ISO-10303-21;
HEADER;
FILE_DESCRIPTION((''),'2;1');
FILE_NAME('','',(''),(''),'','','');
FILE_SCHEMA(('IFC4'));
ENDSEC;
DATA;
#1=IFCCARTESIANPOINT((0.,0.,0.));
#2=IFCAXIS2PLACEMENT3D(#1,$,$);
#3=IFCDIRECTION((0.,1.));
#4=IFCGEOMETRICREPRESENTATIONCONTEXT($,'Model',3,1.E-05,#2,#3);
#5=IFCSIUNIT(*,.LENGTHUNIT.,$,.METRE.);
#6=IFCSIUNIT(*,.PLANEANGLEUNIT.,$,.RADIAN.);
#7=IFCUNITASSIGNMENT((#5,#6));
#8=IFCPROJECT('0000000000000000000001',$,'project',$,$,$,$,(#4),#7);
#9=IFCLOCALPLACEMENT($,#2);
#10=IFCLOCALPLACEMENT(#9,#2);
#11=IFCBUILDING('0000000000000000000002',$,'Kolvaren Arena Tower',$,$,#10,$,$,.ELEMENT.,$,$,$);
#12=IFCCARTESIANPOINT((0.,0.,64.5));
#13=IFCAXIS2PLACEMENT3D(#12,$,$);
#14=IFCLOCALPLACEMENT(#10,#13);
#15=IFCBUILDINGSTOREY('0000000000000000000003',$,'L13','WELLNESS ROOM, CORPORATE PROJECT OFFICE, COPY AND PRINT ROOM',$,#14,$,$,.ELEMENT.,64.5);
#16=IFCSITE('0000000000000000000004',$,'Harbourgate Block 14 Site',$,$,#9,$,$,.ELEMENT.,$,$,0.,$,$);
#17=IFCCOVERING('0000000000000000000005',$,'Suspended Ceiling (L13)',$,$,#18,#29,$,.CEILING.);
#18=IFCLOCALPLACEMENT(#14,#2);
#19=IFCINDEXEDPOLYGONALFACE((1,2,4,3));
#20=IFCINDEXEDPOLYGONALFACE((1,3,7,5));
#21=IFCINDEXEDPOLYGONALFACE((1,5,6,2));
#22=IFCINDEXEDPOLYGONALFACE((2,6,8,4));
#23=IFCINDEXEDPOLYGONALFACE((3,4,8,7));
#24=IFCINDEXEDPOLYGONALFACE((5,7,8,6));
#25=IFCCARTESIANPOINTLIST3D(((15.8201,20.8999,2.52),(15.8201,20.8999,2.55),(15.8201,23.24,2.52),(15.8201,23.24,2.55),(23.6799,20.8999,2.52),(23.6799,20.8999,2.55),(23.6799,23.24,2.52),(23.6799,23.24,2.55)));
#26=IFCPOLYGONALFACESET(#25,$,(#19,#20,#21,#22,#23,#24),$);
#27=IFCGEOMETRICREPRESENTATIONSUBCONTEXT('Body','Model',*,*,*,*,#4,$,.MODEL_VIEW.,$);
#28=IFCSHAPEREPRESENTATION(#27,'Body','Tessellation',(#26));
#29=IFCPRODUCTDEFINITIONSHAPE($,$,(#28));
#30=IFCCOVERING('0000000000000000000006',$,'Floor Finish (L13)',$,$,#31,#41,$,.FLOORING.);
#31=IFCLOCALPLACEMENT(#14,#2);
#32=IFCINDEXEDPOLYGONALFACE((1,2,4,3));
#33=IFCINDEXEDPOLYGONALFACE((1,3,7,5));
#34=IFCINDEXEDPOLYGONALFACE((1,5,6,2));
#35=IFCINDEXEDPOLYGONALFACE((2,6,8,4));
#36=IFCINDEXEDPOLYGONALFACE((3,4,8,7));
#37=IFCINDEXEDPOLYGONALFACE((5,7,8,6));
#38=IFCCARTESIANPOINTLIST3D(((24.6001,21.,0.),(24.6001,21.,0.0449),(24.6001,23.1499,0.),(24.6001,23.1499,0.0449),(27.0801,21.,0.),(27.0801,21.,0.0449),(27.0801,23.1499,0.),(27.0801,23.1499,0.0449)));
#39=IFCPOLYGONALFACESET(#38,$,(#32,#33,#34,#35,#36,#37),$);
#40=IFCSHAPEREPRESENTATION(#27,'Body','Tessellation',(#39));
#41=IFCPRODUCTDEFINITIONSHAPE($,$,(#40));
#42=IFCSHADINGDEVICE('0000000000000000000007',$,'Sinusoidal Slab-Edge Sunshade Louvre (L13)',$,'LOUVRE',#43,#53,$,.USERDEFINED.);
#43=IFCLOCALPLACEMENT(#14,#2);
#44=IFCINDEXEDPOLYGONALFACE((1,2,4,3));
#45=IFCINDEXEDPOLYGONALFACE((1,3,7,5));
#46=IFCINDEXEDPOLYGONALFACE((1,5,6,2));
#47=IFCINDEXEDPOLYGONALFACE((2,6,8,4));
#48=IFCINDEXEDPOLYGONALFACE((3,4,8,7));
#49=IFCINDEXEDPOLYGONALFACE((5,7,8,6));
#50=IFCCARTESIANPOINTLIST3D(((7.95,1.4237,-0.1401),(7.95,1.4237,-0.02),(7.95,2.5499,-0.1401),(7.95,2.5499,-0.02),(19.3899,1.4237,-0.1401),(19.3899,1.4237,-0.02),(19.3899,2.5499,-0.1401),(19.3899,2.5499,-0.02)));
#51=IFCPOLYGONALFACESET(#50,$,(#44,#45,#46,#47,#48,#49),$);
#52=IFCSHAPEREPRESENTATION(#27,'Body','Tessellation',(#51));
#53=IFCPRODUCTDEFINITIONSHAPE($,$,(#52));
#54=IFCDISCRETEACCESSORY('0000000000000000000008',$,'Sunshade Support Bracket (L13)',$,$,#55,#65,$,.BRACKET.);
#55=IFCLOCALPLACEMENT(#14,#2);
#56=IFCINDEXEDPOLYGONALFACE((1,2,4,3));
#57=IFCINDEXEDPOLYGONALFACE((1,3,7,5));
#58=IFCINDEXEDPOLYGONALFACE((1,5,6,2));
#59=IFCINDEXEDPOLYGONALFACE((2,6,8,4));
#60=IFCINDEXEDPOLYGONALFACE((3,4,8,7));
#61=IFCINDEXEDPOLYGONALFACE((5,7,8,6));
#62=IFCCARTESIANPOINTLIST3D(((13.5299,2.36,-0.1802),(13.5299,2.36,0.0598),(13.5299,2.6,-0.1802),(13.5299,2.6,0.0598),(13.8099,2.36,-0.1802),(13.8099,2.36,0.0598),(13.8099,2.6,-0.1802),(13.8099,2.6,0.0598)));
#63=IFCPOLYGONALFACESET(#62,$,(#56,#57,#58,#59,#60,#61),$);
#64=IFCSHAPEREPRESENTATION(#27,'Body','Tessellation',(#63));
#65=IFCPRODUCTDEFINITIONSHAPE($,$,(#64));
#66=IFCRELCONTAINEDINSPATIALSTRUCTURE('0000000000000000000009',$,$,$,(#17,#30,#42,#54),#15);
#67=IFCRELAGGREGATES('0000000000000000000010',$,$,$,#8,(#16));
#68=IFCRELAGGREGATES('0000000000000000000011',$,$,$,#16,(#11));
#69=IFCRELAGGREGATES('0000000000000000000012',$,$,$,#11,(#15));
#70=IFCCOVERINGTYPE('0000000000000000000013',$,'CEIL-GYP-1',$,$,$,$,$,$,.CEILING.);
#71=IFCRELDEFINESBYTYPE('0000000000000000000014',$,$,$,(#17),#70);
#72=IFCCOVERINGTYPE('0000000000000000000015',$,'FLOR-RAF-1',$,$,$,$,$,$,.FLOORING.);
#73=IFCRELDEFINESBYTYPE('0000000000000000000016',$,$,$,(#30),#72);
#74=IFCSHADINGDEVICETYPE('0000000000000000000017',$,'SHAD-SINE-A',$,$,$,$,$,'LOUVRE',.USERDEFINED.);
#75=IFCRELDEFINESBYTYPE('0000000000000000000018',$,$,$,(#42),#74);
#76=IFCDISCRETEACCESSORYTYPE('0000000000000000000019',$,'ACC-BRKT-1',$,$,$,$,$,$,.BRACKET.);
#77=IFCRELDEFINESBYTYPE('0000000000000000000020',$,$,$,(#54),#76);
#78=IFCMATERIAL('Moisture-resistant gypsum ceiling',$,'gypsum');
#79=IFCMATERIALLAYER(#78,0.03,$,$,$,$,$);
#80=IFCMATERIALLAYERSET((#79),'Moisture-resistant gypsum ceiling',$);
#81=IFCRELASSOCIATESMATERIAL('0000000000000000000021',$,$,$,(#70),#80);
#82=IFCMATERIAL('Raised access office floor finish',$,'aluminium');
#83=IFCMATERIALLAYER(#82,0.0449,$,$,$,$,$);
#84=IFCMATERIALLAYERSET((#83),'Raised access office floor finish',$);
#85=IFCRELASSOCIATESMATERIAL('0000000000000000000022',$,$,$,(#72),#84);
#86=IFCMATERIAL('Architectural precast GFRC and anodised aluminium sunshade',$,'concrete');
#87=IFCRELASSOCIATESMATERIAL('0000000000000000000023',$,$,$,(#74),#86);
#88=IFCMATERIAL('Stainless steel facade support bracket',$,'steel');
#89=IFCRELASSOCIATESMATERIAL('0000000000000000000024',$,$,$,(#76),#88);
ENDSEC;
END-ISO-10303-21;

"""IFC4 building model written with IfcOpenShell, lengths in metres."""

from ifc_helpers import new_model, si_unit, direction, frame, origin, origin_2d, place, context, subcontext, project, spatial, polyline, rectangle, outline, extrude, material, layer, layer_set, type_object, element, save


model = new_model("IFC4")

# Units and contexts
model_context = context("Model", 3, precision=1e-05, world=origin(), true_north=direction((0.0, 1.0)))
body_context = subcontext(model_context, "Body", "Model", "MODEL_VIEW")
ifc_project = project(units=[si_unit("LENGTHUNIT", "METRE"), si_unit("PLANEANGLEUNIT", "RADIAN")], contexts=[model_context])

# Site, building, storey
site_placement = place(None, origin())
site = spatial("IfcSite", under=ifc_project, at=site_placement, Name="Harbourgate Block 14 Site", CompositionType="ELEMENT", RefElevation=0.0)
building_placement = place(site_placement, origin())
building = spatial("IfcBuilding", under=site, at=building_placement, Name="Kolvaren Arena Tower", CompositionType="ELEMENT")
storey_placement = place(building_placement, frame((0.0, 0.0, 64.5)))
storey = spatial("IfcBuildingStorey", under=building, at=storey_placement, Name="L13", Description="WELLNESS ROOM, CORPORATE PROJECT OFFICE, COPY AND PRINT ROOM", CompositionType="ELEMENT", Elevation=64.5)

# Coverings
ifc_material_1 = material(Name="Moisture-resistant gypsum ceiling", Category="gypsum")
ifc_layer_1 = layer(ifc_material_1, 0.03)
ifc_layer_set_1 = layer_set([ifc_layer_1], Name="Moisture-resistant gypsum ceiling")
covering_type_1 = type_object("IfcCoveringType", Name="CEIL-GYP-1", PredefinedType="CEILING", material=ifc_layer_set_1)
covering_1_placement = place(storey_placement, frame((0.0, 0.0, 2.52)))
element("IfcCovering", 1, at=covering_1_placement, inside=storey, type_object=covering_type_1, Name="Suspended Ceiling (L13)", PredefinedType="CEILING", context=body_context, shape_type="SweptSolid", body=[
    extrude(outline(polyline([(15.8201, 20.8999), (15.8201, 23.24), (23.6799, 23.24), (23.6799, 20.8999), (15.8201, 20.8999)])), origin(), (0.0, 0.0, 1.0), 0.03),
])
ifc_material_2 = material(Name="Raised access office floor finish", Category="aluminium")
ifc_layer_2 = layer(ifc_material_2, 0.0449)
ifc_layer_set_2 = layer_set([ifc_layer_2], Name="Raised access office floor finish")
covering_type_2 = type_object("IfcCoveringType", Name="FLOR-RAF-1", PredefinedType="FLOORING", material=ifc_layer_set_2)
covering_2_placement = place(storey_placement, origin())
element("IfcCovering", 2, at=covering_2_placement, inside=storey, type_object=covering_type_2, Name="Floor Finish (L13)", PredefinedType="FLOORING", context=body_context, shape_type="SweptSolid", body=[
    extrude(outline(polyline([(24.6001, 21.0), (24.6001, 23.1499), (27.0801, 23.1499), (27.0801, 21.0), (24.6001, 21.0)])), origin(), (0.0, 0.0, 1.0), 0.0449),
])

# Shading device
ifc_material_3 = material(Name="Architectural precast GFRC and anodised aluminium sunshade", Category="concrete")
shading_device_type = type_object("IfcShadingDeviceType", Name="SHAD-SINE-A", ElementType="LOUVRE", PredefinedType="USERDEFINED", material=ifc_material_3)
shading_device_placement = place(storey_placement, frame((13.6699, 1.9868, -0.1401), z_axis=(0.0, 0.0, 1.0), x_axis=(-1.0, 0.0, 0.0)))
element("IfcShadingDevice", 3, at=shading_device_placement, inside=storey, type_object=shading_device_type, Name="Sinusoidal Slab-Edge Sunshade Louvre (L13)", ObjectType="LOUVRE", PredefinedType="USERDEFINED", context=body_context, shape_type="SweptSolid", body=[
    extrude(rectangle(XDim=11.4399, YDim=1.1262, at=origin_2d()), origin(), (0.0, 0.0, 1.0), 0.1201),
])

# Discrete accessory
ifc_material_4 = material(Name="Stainless steel facade support bracket", Category="steel")
discrete_accessory_type = type_object("IfcDiscreteAccessoryType", Name="ACC-BRKT-1", PredefinedType="BRACKET", material=ifc_material_4)
discrete_accessory_placement = place(storey_placement, frame((13.6699, 2.48, -0.1802), z_axis=(0.0, 0.0, 1.0), x_axis=(-1.0, 0.0, 0.0)))
element("IfcDiscreteAccessory", 4, at=discrete_accessory_placement, inside=storey, type_object=discrete_accessory_type, Name="Sunshade Support Bracket (L13)", PredefinedType="BRACKET", context=body_context, shape_type="SweptSolid", body=[
    extrude(rectangle(XDim=0.28, YDim=0.24, at=origin_2d()), origin(), (0.0, 0.0, 1.0), 0.24),
])

save(model, "model.ifc")
